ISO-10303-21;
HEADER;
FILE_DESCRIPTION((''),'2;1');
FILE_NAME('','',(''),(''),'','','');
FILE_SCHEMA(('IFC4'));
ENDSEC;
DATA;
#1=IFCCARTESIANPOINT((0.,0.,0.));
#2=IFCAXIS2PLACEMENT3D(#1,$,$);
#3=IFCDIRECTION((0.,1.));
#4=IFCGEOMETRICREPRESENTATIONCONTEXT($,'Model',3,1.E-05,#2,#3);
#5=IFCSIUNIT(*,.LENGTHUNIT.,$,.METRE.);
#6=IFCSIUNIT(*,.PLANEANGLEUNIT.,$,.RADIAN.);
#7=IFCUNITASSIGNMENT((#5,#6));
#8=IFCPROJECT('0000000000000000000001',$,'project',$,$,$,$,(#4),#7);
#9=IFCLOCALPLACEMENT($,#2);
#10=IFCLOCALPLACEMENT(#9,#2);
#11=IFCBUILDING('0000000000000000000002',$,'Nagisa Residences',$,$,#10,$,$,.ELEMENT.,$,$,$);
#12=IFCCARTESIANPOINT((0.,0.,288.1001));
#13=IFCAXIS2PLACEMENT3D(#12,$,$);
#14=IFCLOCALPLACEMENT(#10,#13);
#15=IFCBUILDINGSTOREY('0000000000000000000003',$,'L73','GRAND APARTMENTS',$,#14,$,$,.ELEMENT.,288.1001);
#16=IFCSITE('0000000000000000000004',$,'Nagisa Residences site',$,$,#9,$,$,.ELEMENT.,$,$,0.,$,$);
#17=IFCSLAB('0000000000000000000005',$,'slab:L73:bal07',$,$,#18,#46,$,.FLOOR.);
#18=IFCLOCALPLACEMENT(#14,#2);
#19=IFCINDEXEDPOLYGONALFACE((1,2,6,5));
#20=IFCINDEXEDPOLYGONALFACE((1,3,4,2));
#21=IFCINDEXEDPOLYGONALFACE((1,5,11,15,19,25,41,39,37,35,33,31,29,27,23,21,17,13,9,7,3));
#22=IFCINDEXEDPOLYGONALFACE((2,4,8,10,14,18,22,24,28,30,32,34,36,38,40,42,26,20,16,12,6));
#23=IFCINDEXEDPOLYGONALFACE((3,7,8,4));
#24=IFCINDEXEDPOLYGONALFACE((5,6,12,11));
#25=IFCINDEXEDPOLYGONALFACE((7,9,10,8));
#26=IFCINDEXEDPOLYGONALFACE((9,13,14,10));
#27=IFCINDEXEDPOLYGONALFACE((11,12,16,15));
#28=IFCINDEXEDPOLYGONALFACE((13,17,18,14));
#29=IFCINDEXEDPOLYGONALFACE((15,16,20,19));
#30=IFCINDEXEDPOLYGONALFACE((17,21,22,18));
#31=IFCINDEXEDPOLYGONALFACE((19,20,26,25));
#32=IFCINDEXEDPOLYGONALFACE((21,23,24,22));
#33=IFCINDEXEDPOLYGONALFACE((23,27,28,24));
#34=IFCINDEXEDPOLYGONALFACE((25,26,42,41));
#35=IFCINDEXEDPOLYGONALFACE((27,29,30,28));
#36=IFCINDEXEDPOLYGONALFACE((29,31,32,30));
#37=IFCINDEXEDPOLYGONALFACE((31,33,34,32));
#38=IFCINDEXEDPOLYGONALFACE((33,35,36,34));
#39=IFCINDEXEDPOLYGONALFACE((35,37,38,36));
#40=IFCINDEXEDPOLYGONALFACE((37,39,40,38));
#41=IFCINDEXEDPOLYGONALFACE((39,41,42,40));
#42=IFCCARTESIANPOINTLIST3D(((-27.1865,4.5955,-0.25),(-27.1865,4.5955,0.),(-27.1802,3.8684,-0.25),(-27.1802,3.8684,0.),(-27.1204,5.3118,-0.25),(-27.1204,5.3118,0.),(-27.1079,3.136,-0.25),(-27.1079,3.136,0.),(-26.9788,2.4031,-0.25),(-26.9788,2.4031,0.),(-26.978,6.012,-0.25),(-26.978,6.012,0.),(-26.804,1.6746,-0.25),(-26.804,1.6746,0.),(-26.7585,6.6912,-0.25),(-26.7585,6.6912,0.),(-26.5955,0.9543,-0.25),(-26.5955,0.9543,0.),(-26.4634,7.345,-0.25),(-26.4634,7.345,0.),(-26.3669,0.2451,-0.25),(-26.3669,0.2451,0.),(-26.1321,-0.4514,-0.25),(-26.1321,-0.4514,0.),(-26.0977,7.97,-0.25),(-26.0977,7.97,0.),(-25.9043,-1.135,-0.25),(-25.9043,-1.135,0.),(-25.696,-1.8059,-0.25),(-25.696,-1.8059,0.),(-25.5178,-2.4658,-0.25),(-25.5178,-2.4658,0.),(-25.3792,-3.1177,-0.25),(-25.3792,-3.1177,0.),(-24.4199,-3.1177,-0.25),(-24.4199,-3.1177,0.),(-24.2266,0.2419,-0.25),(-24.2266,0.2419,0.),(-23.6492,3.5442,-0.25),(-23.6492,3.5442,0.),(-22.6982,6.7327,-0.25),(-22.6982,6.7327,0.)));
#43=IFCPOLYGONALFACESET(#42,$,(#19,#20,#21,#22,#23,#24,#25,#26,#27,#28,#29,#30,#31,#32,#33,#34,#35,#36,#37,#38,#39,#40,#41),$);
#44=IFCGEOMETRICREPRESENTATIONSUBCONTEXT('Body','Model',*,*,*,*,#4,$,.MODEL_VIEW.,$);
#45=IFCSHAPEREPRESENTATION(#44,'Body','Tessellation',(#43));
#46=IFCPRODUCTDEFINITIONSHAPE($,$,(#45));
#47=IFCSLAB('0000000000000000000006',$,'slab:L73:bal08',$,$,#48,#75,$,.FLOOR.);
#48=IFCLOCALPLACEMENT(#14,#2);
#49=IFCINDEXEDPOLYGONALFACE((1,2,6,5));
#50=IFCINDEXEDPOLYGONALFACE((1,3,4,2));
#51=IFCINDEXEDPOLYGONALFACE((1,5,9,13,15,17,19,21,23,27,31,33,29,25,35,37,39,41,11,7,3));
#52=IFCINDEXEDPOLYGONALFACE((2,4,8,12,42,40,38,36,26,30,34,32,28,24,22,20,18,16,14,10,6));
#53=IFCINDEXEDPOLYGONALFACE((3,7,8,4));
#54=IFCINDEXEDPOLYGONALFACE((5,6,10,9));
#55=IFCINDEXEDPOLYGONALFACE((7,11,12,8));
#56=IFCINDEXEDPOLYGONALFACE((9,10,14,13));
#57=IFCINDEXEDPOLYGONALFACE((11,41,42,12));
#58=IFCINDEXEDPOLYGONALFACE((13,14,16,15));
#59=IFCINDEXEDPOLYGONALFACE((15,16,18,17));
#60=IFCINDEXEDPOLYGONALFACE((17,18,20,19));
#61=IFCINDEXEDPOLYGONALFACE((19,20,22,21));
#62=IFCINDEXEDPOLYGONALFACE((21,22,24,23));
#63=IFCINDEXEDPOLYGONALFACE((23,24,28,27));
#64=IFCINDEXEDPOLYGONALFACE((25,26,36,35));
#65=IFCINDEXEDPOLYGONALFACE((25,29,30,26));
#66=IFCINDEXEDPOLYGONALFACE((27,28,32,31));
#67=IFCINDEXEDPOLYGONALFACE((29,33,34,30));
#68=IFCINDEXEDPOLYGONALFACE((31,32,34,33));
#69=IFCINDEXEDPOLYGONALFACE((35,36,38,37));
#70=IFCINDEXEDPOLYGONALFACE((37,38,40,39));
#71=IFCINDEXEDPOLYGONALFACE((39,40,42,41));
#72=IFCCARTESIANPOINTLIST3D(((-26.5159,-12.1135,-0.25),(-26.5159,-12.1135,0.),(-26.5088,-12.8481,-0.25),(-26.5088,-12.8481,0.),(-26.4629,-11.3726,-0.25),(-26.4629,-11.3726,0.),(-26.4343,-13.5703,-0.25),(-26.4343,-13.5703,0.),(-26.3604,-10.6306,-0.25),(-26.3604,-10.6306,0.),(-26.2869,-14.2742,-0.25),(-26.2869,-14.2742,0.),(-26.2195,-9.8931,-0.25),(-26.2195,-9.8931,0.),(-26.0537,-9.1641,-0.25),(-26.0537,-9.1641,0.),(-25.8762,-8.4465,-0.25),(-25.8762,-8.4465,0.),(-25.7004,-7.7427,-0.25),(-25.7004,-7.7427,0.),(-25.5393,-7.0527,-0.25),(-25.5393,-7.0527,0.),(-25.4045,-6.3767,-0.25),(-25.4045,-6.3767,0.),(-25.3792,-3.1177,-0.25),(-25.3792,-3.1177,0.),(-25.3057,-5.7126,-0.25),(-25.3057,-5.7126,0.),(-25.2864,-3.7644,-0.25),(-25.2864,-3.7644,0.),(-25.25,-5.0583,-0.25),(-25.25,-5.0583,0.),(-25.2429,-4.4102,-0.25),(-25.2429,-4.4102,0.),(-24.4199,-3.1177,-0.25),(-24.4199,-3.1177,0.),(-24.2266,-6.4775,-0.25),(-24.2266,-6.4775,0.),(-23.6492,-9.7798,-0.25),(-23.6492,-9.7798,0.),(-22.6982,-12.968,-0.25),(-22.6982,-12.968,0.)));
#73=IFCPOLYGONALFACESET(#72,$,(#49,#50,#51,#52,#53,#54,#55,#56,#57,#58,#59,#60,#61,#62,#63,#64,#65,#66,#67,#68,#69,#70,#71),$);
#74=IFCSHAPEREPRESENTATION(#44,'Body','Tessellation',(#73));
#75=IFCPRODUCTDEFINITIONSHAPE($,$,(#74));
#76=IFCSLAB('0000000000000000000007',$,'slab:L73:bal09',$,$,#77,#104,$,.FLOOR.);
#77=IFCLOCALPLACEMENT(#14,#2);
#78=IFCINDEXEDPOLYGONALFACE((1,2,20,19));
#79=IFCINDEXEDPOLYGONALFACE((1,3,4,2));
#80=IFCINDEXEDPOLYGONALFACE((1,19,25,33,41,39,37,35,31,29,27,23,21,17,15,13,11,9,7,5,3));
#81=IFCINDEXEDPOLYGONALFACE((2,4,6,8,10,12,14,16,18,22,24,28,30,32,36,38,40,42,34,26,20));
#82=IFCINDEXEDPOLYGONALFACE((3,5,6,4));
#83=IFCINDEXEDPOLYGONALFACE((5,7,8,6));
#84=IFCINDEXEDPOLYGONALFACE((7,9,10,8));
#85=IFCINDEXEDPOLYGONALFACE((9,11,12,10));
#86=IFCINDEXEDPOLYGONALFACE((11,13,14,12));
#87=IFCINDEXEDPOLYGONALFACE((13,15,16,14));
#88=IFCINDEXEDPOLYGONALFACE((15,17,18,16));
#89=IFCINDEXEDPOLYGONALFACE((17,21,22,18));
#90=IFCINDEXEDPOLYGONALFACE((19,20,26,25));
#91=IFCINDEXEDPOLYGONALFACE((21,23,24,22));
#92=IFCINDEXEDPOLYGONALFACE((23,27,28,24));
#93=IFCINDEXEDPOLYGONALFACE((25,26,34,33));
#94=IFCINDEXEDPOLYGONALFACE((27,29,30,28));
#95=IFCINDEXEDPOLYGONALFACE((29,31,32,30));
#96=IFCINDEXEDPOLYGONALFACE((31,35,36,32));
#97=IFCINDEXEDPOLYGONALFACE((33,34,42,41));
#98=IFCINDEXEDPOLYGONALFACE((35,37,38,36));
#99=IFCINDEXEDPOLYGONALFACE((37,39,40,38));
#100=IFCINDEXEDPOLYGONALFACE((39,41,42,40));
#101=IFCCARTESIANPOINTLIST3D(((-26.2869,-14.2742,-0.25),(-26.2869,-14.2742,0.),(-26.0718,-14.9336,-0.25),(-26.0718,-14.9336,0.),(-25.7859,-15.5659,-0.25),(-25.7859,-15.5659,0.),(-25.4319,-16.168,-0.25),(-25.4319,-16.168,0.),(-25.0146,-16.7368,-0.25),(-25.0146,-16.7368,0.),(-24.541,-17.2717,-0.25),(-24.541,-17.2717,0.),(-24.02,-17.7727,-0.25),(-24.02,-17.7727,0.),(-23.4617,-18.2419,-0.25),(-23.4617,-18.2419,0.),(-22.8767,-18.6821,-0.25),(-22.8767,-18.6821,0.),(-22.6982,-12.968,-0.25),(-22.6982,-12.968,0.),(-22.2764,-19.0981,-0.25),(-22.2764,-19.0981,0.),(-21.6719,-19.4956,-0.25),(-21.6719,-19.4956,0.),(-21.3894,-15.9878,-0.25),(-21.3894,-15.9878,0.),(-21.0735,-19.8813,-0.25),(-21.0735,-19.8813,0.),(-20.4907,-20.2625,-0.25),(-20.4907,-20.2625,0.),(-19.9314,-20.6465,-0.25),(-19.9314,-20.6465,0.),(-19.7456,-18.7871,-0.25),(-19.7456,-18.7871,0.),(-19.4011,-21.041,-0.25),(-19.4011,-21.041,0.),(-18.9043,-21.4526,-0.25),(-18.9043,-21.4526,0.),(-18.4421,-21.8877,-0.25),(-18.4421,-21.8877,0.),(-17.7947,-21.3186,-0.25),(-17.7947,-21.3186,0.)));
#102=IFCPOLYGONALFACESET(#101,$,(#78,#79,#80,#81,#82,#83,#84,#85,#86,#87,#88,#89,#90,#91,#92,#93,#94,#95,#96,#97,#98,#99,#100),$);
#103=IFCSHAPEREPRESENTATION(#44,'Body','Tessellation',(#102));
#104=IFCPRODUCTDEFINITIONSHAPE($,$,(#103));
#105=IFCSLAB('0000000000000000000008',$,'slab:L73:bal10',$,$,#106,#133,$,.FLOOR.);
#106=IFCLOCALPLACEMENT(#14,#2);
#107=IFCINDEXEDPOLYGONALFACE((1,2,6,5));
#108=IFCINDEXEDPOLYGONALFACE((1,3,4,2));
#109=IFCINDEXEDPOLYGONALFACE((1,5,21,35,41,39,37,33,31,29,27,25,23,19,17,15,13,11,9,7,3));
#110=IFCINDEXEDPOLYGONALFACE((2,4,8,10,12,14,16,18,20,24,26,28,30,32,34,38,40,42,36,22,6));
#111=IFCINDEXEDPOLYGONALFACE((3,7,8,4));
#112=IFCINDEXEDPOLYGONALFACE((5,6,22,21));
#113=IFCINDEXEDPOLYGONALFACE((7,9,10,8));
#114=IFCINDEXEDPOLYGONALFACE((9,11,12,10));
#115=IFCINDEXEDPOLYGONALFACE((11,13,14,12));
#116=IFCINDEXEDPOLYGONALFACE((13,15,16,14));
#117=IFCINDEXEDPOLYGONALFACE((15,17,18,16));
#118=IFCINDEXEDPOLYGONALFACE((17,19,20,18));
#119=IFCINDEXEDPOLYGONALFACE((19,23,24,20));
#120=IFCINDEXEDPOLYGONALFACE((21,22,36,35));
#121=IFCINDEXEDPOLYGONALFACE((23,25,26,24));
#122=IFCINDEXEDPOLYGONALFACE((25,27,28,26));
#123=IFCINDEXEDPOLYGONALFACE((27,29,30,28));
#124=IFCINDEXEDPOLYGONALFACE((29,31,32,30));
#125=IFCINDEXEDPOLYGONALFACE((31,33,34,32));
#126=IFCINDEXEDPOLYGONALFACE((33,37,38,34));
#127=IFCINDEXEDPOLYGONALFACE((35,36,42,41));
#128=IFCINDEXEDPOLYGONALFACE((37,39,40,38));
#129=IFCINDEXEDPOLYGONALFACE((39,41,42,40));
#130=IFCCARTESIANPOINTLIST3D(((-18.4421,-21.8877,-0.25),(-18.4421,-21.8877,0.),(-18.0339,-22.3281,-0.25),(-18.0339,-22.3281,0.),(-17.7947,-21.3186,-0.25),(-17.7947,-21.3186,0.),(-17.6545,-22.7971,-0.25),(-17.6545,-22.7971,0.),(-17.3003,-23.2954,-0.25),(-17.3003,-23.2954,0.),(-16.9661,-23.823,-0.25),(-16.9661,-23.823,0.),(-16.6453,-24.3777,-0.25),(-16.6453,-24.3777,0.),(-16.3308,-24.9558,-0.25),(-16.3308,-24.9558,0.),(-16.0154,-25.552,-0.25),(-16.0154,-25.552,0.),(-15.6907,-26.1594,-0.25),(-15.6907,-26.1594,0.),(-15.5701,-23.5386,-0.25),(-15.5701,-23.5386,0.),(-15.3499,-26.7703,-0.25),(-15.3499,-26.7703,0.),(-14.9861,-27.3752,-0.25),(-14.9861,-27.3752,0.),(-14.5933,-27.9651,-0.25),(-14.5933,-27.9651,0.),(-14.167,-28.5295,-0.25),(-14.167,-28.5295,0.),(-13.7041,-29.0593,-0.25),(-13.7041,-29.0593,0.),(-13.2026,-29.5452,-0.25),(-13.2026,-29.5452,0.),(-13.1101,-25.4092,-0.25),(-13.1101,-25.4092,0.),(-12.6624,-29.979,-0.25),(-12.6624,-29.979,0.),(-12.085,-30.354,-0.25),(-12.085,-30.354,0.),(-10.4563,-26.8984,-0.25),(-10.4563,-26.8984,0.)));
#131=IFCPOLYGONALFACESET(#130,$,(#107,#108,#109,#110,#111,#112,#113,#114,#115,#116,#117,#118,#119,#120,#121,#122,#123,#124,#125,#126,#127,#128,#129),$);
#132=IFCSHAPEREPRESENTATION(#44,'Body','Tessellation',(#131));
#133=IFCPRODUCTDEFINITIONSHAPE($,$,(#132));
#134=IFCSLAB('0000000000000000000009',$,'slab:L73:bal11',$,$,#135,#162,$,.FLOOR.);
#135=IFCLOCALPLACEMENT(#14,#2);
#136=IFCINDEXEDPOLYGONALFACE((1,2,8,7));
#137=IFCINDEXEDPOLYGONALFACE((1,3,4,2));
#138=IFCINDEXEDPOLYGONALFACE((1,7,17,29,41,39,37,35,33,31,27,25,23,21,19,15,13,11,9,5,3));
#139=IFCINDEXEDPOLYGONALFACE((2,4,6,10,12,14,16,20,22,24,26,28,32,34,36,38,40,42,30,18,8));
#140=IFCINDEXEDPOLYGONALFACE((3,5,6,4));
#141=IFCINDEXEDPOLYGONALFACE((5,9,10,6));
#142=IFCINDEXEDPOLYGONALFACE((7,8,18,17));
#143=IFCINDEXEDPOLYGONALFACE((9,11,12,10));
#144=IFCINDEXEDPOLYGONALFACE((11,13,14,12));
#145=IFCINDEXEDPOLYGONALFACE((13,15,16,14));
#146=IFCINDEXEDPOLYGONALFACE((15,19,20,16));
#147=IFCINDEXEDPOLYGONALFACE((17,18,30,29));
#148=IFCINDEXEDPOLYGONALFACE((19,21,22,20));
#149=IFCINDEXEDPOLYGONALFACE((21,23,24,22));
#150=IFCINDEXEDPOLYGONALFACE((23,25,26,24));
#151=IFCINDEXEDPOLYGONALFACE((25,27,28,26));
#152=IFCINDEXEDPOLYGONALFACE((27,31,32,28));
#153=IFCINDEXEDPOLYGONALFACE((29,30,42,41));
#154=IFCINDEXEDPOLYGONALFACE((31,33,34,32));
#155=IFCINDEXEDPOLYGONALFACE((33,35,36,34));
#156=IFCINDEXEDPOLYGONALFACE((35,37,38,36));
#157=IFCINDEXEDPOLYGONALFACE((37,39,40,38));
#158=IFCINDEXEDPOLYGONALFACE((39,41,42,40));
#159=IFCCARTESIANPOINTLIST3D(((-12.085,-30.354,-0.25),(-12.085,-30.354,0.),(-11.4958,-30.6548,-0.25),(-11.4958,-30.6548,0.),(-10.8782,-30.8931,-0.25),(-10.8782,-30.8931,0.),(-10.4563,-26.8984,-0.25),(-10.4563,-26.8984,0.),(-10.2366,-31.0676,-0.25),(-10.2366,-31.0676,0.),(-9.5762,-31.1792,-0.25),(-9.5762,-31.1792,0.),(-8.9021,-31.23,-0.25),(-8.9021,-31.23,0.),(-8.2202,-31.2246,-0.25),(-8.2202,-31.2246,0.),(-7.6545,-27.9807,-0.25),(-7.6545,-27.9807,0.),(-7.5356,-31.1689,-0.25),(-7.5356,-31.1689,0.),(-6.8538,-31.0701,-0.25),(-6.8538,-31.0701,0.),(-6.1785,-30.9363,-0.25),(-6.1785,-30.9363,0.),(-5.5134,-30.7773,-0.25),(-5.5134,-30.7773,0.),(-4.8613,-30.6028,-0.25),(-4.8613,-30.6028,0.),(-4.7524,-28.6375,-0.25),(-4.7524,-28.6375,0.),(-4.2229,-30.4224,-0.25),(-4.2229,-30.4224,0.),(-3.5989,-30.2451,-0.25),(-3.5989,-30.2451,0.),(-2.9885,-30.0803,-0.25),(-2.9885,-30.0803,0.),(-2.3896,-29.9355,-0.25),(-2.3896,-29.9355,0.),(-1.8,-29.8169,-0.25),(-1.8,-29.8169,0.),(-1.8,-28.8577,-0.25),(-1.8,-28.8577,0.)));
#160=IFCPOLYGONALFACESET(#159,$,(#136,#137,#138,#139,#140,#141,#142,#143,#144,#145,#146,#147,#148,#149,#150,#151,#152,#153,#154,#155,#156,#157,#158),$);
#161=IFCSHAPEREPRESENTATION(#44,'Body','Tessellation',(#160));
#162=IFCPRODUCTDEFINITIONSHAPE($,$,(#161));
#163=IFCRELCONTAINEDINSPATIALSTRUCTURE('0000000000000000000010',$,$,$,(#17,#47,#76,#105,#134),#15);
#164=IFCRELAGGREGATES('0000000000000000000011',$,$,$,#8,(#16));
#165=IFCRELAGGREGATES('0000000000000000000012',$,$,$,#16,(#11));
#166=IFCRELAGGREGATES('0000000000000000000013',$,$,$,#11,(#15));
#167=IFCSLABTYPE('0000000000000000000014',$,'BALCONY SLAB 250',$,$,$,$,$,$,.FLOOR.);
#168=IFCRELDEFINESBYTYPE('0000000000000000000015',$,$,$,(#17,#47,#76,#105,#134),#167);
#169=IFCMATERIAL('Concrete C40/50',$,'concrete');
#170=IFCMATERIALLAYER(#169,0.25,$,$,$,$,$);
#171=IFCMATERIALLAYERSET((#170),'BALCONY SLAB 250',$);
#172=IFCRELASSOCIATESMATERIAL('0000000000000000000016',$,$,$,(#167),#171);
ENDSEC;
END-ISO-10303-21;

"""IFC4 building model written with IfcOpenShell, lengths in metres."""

from ifc_helpers import new_model, si_unit, direction, frame, origin, place, context, subcontext, project, spatial, polyline, outline, extrude, material, layer, layer_set, type_object, element, save


model = new_model("IFC4")

# Units and contexts
model_context = context("Model", 3, precision=1e-05, world=origin(), true_north=direction((0.0, 1.0)))
body_context = subcontext(model_context, "Body", "Model", "MODEL_VIEW")
ifc_project = project(units=[si_unit("LENGTHUNIT", "METRE"), si_unit("PLANEANGLEUNIT", "RADIAN")], contexts=[model_context])

# Site, building, storey
site_placement = place(None, origin())
site = spatial("IfcSite", under=ifc_project, at=site_placement, Name="Nagisa Residences site", CompositionType="ELEMENT", RefElevation=0.0)
building_placement = place(site_placement, origin())
building = spatial("IfcBuilding", under=site, at=building_placement, Name="Nagisa Residences", CompositionType="ELEMENT")
storey_placement = place(building_placement, frame((0.0, 0.0, 288.1001)))
storey = spatial("IfcBuildingStorey", under=building, at=storey_placement, Name="L73", Description="GRAND APARTMENTS", CompositionType="ELEMENT", Elevation=288.1001)

# Slabs
ifc_material_1 = material(Name="Concrete C40/50", Category="concrete")
ifc_layer_1 = layer(ifc_material_1, 0.25)
ifc_layer_set_1 = layer_set([ifc_layer_1], Name="BALCONY SLAB 250")
slab_type = type_object("IfcSlabType", Name="BALCONY SLAB 250", PredefinedType="FLOOR", material=ifc_layer_set_1)
slab_1_placement = place(storey_placement, frame((0.0, 0.0, -0.25)))
element("IfcSlab", 1, at=slab_1_placement, inside=storey, type_object=slab_type, Name="slab:L73:bal07", PredefinedType="FLOOR", context=body_context, shape_type="SweptSolid", body=[
    extrude(outline(polyline([(-26.0977, 7.97), (-26.4634, 7.345), (-26.7585, 6.6912), (-26.978, 6.012), (-27.1204, 5.3118), (-27.1865, 4.5955), (-27.1802, 3.8684), (-27.1079, 3.136), (-26.9788, 2.4031), (-26.804, 1.6746), (-26.5955, 0.9543), (-26.3669, 0.2451), (-26.1321, -0.4514), (-25.9043, -1.135), (-25.696, -1.8059), (-25.5178, -2.4658), (-25.3792, -3.1177), (-24.4199, -3.1177), (-24.2266, 0.2419), (-23.6492, 3.5442), (-22.6982, 6.7327), (-26.0977, 7.97)])), origin(), (0.0, 0.0, 1.0), 0.25),
])
slab_2_placement = place(storey_placement, frame((0.0, 0.0, -0.25)))
element("IfcSlab", 2, at=slab_2_placement, inside=storey, type_object=slab_type, Name="slab:L73:bal08", PredefinedType="FLOOR", context=body_context, shape_type="SweptSolid", body=[
    extrude(outline(polyline([(-25.3792, -3.1177), (-25.2864, -3.7644), (-25.2429, -4.4102), (-25.25, -5.0583), (-25.3057, -5.7126), (-25.4045, -6.3767), (-25.5393, -7.0527), (-25.7004, -7.7427), (-25.8762, -8.4465), (-26.0537, -9.1641), (-26.2195, -9.8931), (-26.3604, -10.6306), (-26.4629, -11.3726), (-26.5159, -12.1135), (-26.5088, -12.8481), (-26.4343, -13.5703), (-26.2869, -14.2742), (-22.6982, -12.968), (-23.6492, -9.7798), (-24.2266, -6.4775), (-24.4199, -3.1177), (-25.3792, -3.1177)])), origin(), (0.0, 0.0, 1.0), 0.25),
])
slab_3_placement = place(storey_placement, frame((0.0, 0.0, -0.25)))
element("IfcSlab", 3, at=slab_3_placement, inside=storey, type_object=slab_type, Name="slab:L73:bal09", PredefinedType="FLOOR", context=body_context, shape_type="SweptSolid", body=[
    extrude(outline(polyline([(-26.2869, -14.2742), (-26.0718, -14.9336), (-25.7859, -15.5659), (-25.4319, -16.168), (-25.0146, -16.7368), (-24.541, -17.2717), (-24.02, -17.7727), (-23.4617, -18.2419), (-22.8767, -18.6821), (-22.2764, -19.0981), (-21.6719, -19.4956), (-21.0735, -19.8813), (-20.4907, -20.2625), (-19.9314, -20.6465), (-19.4011, -21.041), (-18.9043, -21.4526), (-18.4421, -21.8877), (-17.7947, -21.3186), (-19.7456, -18.7871), (-21.3894, -15.9878), (-22.6982, -12.968), (-26.2869, -14.2742)])), origin(), (0.0, 0.0, 1.0), 0.25),
])
slab_4_placement = place(storey_placement, frame((0.0, 0.0, -0.25)))
element("IfcSlab", 4, at=slab_4_placement, inside=storey, type_object=slab_type, Name="slab:L73:bal10", PredefinedType="FLOOR", context=body_context, shape_type="SweptSolid", body=[
    extrude(outline(polyline([(-18.4421, -21.8877), (-18.0339, -22.3281), (-17.6545, -22.7971), (-17.3003, -23.2954), (-16.9661, -23.823), (-16.6453, -24.3777), (-16.3308, -24.9558), (-16.0154, -25.552), (-15.6907, -26.1594), (-15.3499, -26.7703), (-14.9861, -27.3752), (-14.5933, -27.9651), (-14.167, -28.5295), (-13.7041, -29.0593), (-13.2026, -29.5452), (-12.6624, -29.979), (-12.085, -30.354), (-10.4563, -26.8984), (-13.1101, -25.4092), (-15.5701, -23.5386), (-17.7947, -21.3186), (-18.4421, -21.8877)])), origin(), (0.0, 0.0, 1.0), 0.25),
])
slab_5_placement = place(storey_placement, frame((0.0, 0.0, -0.25)))
element("IfcSlab", 5, at=slab_5_placement, inside=storey, type_object=slab_type, Name="slab:L73:bal11", PredefinedType="FLOOR", context=body_context, shape_type="SweptSolid", body=[
    extrude(outline(polyline([(-12.085, -30.354), (-11.4958, -30.6548), (-10.8782, -30.8931), (-10.2366, -31.0676), (-9.5762, -31.1792), (-8.9021, -31.23), (-8.2202, -31.2246), (-7.5356, -31.1689), (-6.8538, -31.0701), (-6.1785, -30.9363), (-5.5134, -30.7773), (-4.8613, -30.6028), (-4.2229, -30.4224), (-3.5989, -30.2451), (-2.9885, -30.0803), (-2.3896, -29.9355), (-1.8, -29.8169), (-1.8, -28.8577), (-4.7524, -28.6375), (-7.6545, -27.9807), (-10.4563, -26.8984), (-12.085, -30.354)])), origin(), (0.0, 0.0, 1.0), 0.25),
])

save(model, "model.ifc")
